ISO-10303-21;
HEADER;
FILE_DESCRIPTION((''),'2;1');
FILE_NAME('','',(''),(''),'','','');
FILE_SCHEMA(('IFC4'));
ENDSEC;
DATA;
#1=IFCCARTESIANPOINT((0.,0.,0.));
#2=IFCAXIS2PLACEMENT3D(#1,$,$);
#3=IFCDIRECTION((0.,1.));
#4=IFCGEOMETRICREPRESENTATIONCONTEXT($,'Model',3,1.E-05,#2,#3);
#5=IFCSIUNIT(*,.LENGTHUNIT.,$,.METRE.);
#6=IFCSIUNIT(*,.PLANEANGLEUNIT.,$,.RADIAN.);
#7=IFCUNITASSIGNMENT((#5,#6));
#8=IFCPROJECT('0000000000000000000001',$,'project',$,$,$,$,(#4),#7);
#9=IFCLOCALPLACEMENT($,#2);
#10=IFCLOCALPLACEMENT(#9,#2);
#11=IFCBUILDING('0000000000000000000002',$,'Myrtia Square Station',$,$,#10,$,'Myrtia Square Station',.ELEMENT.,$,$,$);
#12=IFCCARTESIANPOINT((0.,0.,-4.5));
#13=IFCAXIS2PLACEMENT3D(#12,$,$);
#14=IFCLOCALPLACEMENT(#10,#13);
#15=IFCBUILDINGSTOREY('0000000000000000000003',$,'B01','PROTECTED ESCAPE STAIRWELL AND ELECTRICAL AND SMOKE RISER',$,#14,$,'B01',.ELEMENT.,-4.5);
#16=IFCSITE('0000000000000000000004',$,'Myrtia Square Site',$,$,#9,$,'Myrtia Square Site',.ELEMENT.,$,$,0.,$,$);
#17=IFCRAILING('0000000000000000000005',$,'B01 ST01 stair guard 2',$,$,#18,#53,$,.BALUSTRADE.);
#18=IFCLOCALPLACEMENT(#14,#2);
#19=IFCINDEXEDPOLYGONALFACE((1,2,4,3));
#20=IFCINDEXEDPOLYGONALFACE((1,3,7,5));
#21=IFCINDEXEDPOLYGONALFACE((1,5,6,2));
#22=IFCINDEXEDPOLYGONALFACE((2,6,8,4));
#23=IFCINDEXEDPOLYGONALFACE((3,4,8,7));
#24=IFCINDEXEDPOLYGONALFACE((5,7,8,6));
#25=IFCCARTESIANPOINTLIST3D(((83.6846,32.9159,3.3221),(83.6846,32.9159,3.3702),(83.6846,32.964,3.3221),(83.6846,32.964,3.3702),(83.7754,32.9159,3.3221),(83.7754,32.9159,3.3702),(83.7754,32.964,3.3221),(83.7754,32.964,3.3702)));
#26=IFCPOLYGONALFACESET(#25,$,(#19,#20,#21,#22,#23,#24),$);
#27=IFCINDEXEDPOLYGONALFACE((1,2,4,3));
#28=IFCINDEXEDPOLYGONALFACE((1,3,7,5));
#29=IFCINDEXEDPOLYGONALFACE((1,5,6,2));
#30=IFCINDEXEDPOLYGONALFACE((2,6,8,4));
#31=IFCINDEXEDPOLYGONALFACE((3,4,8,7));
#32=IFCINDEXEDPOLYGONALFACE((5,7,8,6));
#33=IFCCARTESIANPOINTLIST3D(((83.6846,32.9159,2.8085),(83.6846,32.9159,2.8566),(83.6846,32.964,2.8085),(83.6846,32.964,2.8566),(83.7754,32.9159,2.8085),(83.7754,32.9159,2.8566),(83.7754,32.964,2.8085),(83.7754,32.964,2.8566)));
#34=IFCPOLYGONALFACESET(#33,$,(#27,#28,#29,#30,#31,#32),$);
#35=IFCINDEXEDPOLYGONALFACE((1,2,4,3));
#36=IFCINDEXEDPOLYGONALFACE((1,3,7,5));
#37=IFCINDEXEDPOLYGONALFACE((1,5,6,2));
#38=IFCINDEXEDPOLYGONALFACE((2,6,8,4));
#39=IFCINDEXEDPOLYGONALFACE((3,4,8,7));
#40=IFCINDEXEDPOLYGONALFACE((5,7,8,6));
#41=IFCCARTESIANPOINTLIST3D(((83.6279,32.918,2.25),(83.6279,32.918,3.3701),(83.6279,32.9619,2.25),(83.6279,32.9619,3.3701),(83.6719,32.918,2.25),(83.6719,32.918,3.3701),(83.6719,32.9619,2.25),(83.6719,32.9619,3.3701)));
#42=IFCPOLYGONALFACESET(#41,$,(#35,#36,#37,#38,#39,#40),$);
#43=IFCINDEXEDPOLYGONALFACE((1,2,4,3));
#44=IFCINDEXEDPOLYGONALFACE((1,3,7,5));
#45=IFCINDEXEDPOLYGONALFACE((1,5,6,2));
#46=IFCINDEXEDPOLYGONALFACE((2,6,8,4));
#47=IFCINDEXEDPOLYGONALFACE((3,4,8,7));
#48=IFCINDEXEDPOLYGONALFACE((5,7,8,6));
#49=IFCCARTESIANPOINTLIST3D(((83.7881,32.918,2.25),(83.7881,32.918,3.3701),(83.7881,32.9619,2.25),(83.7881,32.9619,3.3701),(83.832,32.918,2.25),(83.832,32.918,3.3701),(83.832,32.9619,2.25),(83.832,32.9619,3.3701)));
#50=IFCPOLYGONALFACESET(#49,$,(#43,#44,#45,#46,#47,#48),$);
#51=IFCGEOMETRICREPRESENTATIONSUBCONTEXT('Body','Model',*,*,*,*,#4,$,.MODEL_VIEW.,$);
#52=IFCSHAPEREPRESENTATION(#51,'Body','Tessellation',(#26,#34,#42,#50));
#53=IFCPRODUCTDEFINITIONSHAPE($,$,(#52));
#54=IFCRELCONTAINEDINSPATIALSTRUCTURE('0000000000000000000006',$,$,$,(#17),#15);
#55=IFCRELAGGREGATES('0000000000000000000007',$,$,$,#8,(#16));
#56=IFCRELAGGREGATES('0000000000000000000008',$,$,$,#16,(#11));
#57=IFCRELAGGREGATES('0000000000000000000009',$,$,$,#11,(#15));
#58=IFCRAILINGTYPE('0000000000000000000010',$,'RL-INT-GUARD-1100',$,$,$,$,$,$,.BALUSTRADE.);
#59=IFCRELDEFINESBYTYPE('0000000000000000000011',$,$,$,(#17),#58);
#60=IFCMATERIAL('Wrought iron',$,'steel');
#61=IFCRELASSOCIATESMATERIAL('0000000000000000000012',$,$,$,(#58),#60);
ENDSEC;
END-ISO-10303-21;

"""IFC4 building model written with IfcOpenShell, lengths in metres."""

from ifc_helpers import new_model, si_unit, direction, frame, origin, origin_2d, place, context, subcontext, project, spatial, rectangle, extrude, material, type_object, element, save


model = new_model("IFC4")

# Units and contexts
model_context = context("Model", 3, precision=1e-05, world=origin(), true_north=direction((0.0, 1.0)))
body_context = subcontext(model_context, "Body", "Model", "MODEL_VIEW")
ifc_project = project(units=[si_unit("LENGTHUNIT", "METRE"), si_unit("PLANEANGLEUNIT", "RADIAN")], contexts=[model_context])

# Site, building, storey
site_placement = place(None, origin())
site = spatial("IfcSite", under=ifc_project, at=site_placement, Name="Myrtia Square Site", LongName="Myrtia Square Site", CompositionType="ELEMENT", RefElevation=0.0)
building_placement = place(site_placement, origin())
building = spatial("IfcBuilding", under=site, at=building_placement, Name="Myrtia Square Station", LongName="Myrtia Square Station", CompositionType="ELEMENT")
storey_placement = place(building_placement, frame((0.0, 0.0, -4.5)))
storey = spatial("IfcBuildingStorey", under=building, at=storey_placement, Name="B01", Description="PROTECTED ESCAPE STAIRWELL AND ELECTRICAL AND SMOKE RISER", LongName="B01", CompositionType="ELEMENT", Elevation=-4.5)

# Railing
ifc_material_1 = material(Name="Wrought iron", Category="steel")
railing_type_1 = type_object("IfcRailingType", Name="RL-INT-GUARD-1100", PredefinedType="BALUSTRADE", material=ifc_material_1)
railing_1_placement = place(storey_placement, frame((83.6499, 32.9399, 2.25)))
element("IfcRailing", 1, at=railing_1_placement, inside=storey, type_object=railing_type_1, Name="B01 ST01 stair guard 2", PredefinedType="BALUSTRADE", context=body_context, shape_type="SweptSolid", body=[
    extrude(rectangle(XDim=0.0481, YDim=0.0481, at=origin_2d()), frame((0.0347, 0.0, 1.0962), z_axis=(1.0, 0.0, 0.0), x_axis=(0.0, 1.0, 0.0)), (0.0, 0.0, 1.0), 0.0908),
    extrude(rectangle(XDim=0.0481, YDim=0.0481, at=origin_2d()), frame((0.0347, 0.0, 0.5825), z_axis=(1.0, 0.0, 0.0), x_axis=(0.0, 1.0, 0.0)), (0.0, 0.0, 1.0), 0.0908),
    extrude(rectangle(XDim=0.0439, YDim=0.0439, at=origin_2d()), origin(), (0.0, 0.0, 1.0), 1.1201),
    extrude(rectangle(XDim=0.0439, YDim=0.0439, at=origin_2d()), frame((0.1602, 0.0, 0.0)), (0.0, 0.0, 1.0), 1.1201),
])

save(model, "model.ifc")
